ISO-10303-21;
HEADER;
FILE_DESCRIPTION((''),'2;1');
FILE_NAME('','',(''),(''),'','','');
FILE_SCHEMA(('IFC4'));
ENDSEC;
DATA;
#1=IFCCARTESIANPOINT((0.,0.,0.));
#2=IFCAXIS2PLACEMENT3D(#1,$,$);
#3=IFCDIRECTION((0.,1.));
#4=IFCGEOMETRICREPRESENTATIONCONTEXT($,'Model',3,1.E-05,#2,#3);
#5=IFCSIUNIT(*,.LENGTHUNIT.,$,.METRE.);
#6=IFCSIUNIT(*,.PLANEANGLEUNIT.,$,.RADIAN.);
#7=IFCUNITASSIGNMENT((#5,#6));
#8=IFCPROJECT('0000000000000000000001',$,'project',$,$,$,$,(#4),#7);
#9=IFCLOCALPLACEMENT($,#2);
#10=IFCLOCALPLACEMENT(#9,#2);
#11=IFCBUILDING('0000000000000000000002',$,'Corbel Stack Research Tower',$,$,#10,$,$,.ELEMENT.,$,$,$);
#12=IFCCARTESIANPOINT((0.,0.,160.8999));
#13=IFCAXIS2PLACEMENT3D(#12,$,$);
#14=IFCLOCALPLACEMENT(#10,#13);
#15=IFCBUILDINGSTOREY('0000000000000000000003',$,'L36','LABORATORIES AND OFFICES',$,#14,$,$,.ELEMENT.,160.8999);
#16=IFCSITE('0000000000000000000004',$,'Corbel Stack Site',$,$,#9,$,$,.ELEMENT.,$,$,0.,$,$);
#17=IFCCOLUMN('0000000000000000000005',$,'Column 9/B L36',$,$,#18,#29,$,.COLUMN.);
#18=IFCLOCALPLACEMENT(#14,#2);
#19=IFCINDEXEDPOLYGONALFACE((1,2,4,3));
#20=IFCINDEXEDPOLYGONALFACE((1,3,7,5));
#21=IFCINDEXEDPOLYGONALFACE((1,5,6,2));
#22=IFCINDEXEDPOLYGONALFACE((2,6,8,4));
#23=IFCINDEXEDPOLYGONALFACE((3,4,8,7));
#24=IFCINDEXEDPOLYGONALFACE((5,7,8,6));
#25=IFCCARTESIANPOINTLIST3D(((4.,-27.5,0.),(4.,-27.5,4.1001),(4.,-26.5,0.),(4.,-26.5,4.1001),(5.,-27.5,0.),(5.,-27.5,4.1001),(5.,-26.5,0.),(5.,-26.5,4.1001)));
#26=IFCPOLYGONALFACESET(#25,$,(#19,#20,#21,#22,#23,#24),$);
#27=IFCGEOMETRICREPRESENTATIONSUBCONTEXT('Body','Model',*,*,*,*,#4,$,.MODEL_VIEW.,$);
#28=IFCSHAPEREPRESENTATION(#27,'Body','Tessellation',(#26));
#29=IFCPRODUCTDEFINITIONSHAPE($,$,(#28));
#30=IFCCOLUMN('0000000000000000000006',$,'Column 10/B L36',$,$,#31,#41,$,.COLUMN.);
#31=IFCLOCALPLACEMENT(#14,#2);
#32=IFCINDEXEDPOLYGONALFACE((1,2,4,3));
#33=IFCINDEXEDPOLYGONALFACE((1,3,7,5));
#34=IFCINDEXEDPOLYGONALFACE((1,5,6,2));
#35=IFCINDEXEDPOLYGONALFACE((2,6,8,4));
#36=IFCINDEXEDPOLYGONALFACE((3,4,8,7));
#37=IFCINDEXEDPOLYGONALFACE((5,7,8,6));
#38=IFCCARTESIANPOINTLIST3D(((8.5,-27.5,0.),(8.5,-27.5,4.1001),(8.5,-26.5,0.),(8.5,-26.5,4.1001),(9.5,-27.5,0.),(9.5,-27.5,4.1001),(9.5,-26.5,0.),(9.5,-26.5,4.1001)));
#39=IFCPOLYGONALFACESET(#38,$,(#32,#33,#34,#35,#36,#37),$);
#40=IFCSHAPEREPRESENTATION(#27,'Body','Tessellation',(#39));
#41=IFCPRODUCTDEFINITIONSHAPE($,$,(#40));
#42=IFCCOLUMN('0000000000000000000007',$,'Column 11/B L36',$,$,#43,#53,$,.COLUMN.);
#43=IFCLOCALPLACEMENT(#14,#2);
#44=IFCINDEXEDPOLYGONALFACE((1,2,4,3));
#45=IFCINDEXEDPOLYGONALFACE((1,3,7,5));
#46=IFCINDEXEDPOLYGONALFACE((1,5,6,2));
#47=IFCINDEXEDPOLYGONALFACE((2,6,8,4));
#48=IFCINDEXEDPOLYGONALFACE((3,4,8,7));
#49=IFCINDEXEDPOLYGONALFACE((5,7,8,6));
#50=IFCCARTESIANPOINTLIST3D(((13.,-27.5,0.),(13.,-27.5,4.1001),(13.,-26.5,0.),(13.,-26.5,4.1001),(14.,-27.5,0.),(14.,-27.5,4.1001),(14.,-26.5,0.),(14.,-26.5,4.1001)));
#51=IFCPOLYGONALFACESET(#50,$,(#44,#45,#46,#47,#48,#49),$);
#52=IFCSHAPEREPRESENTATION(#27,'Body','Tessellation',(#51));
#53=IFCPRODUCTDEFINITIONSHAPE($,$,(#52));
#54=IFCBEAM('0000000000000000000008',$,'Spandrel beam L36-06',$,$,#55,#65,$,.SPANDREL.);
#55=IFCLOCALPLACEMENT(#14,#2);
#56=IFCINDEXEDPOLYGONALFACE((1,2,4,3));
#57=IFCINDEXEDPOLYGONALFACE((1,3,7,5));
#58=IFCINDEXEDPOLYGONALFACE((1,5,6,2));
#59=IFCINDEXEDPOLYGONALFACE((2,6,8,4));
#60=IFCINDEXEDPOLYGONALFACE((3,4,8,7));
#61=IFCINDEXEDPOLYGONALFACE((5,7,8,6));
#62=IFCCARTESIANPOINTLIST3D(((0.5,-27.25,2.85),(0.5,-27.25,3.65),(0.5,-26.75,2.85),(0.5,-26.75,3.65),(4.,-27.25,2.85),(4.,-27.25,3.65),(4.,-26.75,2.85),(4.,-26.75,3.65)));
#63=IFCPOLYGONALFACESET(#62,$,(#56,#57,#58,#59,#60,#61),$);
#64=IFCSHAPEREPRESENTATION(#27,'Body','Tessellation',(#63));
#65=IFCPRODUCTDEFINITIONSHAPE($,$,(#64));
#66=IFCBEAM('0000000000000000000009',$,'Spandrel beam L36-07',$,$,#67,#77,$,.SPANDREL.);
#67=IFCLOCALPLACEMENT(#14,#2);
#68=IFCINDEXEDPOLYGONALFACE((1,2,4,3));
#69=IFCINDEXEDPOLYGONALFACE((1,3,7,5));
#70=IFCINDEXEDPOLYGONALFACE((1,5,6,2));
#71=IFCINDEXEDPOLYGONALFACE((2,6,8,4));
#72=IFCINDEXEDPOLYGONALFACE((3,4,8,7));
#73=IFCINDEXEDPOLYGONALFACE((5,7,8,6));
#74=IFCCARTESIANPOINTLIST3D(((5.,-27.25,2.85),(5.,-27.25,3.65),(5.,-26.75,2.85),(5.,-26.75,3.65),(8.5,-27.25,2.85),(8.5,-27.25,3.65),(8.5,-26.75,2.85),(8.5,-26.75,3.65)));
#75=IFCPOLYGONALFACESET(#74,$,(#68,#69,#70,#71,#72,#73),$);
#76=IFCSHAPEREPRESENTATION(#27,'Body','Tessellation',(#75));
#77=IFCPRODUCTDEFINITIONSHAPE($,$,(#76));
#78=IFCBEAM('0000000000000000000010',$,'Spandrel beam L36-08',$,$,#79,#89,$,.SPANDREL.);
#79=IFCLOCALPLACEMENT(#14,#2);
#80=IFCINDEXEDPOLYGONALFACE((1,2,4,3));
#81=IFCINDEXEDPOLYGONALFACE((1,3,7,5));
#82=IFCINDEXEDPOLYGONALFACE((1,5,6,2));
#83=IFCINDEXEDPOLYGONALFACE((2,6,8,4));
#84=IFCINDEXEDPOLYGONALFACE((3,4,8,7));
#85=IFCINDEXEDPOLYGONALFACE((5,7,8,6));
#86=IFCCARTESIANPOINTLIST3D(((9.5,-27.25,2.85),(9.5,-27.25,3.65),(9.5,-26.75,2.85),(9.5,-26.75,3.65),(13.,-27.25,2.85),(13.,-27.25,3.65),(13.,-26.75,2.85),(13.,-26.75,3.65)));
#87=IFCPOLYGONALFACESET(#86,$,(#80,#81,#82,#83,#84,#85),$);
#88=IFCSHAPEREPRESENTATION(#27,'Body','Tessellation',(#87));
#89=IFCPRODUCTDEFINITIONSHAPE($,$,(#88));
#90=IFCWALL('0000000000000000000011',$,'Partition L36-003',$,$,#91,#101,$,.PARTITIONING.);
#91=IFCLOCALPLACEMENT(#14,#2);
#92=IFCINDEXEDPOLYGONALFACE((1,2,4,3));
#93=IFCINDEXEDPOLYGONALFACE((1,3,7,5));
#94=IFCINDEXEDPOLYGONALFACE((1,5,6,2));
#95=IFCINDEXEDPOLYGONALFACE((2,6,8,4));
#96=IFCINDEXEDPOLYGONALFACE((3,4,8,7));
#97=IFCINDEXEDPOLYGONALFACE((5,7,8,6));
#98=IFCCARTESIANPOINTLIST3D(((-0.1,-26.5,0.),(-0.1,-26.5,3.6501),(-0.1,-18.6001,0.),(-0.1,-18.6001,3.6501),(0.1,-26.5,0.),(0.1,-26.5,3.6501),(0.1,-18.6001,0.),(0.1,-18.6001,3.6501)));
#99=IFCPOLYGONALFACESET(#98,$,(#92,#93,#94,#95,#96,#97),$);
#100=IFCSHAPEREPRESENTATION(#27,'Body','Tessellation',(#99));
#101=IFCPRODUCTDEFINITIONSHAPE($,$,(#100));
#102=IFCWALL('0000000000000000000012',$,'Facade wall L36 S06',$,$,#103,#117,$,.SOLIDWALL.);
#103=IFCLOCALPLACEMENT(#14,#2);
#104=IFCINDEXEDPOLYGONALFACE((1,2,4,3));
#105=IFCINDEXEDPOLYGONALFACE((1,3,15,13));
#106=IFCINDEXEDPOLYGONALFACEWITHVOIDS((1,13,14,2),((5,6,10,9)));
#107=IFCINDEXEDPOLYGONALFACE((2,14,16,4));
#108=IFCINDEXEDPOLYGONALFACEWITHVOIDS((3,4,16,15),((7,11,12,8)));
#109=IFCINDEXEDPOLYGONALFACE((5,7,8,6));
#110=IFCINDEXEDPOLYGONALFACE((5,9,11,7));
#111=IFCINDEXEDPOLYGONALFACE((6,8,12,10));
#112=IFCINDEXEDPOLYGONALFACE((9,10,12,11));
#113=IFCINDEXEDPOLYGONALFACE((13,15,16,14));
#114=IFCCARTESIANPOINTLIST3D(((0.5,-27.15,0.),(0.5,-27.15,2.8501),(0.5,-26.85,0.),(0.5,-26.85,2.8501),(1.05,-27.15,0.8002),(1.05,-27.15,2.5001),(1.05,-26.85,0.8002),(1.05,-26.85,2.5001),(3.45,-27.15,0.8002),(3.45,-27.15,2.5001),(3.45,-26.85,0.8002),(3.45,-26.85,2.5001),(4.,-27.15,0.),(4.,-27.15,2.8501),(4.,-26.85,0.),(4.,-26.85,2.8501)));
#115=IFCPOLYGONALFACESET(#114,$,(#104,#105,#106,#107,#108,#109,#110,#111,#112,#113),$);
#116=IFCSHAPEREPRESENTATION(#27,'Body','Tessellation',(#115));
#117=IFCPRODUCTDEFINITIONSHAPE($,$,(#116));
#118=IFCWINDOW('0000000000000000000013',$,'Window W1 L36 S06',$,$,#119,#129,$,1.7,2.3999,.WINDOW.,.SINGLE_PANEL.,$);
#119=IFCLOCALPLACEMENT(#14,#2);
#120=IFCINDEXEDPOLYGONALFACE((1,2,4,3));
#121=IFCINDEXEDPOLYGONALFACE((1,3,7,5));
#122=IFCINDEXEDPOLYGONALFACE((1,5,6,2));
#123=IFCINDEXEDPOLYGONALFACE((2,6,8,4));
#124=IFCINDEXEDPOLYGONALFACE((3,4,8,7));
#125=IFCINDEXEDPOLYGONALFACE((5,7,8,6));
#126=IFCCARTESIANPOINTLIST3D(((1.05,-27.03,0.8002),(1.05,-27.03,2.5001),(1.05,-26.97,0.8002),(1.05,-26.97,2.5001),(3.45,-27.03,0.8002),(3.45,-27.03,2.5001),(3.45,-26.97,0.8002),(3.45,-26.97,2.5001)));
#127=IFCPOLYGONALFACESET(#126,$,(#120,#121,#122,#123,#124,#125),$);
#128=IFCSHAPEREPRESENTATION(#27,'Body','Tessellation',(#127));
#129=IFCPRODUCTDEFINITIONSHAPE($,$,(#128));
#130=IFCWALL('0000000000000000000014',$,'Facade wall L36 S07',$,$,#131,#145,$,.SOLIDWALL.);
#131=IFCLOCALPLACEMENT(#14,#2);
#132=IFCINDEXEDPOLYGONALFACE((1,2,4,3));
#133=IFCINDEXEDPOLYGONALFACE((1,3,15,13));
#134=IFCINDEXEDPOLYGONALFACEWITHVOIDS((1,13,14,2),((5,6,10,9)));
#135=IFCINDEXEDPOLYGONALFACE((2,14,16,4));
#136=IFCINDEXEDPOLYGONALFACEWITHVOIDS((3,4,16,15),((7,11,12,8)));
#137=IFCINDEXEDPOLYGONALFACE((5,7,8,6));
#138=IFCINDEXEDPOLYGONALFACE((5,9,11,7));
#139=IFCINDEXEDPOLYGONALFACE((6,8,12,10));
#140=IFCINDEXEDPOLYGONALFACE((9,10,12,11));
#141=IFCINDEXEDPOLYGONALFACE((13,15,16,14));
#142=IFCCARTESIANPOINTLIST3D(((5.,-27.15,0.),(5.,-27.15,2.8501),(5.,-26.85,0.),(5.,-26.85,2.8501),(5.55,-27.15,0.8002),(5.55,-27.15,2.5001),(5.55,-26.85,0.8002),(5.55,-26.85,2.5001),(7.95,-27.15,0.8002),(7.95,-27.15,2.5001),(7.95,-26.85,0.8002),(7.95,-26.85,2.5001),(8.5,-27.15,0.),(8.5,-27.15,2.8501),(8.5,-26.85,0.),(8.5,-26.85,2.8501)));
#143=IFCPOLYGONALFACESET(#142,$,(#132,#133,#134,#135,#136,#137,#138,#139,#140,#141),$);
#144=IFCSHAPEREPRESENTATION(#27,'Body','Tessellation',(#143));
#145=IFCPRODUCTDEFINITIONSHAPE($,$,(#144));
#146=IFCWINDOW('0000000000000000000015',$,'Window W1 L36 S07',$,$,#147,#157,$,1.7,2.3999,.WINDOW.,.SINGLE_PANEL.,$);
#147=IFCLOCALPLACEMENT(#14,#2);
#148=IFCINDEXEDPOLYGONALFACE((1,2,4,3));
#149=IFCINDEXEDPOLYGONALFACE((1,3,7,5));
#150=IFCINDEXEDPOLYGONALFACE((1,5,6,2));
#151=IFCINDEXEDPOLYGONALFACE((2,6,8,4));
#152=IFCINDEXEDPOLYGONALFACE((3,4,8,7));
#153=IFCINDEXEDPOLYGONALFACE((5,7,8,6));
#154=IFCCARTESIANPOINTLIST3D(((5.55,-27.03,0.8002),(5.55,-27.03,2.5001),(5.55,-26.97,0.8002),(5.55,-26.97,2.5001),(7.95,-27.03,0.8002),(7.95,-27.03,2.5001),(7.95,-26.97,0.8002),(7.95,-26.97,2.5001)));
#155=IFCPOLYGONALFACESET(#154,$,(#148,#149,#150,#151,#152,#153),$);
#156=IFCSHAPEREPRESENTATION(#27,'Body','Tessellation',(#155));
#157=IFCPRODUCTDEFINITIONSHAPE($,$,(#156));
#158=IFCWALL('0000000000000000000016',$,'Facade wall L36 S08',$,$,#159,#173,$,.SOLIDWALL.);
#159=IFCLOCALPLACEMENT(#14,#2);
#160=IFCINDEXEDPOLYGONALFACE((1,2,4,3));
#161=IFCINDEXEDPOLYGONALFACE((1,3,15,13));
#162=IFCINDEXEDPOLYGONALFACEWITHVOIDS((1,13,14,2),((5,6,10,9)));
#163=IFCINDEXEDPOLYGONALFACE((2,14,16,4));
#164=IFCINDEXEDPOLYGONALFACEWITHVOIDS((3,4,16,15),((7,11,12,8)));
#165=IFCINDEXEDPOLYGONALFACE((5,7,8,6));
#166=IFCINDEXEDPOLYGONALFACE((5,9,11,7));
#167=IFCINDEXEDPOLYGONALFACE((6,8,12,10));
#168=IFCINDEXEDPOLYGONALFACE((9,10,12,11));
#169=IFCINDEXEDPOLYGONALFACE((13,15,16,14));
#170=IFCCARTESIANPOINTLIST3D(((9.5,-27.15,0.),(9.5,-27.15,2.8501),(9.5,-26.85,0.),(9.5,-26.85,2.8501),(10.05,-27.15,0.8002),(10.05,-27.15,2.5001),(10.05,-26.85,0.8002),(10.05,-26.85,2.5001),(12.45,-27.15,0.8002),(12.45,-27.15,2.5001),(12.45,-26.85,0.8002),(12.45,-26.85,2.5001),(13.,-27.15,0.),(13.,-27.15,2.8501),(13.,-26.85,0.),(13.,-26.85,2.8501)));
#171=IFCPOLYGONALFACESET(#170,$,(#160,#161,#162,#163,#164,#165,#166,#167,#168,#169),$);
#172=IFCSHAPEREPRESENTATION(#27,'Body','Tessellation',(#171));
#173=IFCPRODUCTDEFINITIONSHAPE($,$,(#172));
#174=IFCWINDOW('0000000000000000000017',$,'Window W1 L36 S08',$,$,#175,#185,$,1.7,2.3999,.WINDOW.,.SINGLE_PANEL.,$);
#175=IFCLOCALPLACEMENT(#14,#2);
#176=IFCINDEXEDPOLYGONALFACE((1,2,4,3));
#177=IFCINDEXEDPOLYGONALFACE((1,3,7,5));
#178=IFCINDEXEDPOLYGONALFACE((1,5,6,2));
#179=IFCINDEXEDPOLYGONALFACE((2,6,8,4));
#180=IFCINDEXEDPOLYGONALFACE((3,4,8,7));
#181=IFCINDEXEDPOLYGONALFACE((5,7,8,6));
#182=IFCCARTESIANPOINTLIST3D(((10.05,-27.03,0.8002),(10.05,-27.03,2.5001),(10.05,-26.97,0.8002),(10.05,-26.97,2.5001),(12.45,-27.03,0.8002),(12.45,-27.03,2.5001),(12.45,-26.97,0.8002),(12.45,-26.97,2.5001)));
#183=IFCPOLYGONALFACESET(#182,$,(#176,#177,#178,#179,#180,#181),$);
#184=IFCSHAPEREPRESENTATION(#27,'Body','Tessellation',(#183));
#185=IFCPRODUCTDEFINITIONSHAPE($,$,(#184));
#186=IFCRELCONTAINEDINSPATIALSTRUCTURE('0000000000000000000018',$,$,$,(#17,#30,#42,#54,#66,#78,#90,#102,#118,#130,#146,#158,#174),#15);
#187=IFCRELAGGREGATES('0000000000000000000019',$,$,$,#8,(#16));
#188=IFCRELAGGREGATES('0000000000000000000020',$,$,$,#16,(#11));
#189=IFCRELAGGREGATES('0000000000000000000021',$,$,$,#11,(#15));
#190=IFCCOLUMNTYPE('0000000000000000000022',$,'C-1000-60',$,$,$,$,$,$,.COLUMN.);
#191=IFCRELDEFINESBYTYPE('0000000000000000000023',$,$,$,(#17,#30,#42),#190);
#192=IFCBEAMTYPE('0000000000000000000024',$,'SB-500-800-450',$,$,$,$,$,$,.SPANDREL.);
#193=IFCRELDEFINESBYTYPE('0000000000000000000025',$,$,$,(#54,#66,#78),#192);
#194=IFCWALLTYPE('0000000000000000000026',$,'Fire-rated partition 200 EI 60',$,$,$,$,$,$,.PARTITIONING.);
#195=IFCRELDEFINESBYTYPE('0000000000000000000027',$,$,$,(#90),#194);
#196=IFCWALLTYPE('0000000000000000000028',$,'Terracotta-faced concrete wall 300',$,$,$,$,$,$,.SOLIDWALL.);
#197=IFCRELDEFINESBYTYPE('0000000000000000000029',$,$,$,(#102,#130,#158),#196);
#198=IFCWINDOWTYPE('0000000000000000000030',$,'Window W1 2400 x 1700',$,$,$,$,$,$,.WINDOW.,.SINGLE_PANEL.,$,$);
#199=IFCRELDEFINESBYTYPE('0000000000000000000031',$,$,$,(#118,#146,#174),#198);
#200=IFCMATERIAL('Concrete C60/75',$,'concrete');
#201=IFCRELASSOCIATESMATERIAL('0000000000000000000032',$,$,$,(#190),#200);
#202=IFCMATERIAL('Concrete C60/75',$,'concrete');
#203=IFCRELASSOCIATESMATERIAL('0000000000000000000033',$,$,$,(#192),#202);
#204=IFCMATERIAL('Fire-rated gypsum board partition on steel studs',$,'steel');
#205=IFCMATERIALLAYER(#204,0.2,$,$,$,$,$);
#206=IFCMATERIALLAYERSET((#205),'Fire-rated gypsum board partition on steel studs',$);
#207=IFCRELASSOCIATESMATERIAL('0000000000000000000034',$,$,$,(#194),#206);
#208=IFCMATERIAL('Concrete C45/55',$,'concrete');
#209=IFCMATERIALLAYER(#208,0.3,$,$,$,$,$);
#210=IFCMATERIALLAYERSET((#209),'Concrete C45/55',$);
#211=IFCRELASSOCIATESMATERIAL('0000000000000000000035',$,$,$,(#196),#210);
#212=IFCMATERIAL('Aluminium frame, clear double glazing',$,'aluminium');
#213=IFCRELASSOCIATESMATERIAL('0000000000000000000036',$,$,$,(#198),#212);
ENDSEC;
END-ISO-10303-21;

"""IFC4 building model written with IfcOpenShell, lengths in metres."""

from ifc_helpers import new_model, si_unit, direction, frame, frame_2d, origin, origin_2d, place, context, subcontext, project, spatial, rectangle, extrude, material, layer, layer_set, material_profile, profile_set, type_object, element, fill, save


model = new_model("IFC4")

# Units and contexts
model_context = context("Model", 3, precision=1e-05, world=origin(), true_north=direction((0.0, 1.0)))
body_context = subcontext(model_context, "Body", "Model", "MODEL_VIEW")
ifc_project = project(units=[si_unit("LENGTHUNIT", "METRE"), si_unit("PLANEANGLEUNIT", "RADIAN")], contexts=[model_context])

# Site, building, storey
site_placement = place(None, origin())
site = spatial("IfcSite", under=ifc_project, at=site_placement, Name="Corbel Stack Site", CompositionType="ELEMENT", RefElevation=0.0)
building_placement = place(site_placement, origin())
building = spatial("IfcBuilding", under=site, at=building_placement, Name="Corbel Stack Research Tower", CompositionType="ELEMENT")
storey_placement = place(building_placement, frame((0.0, 0.0, 160.8999)))
storey = spatial("IfcBuildingStorey", under=building, at=storey_placement, Name="L36", Description="LABORATORIES AND OFFICES", CompositionType="ELEMENT", Elevation=160.8999)

# Columns
ifc_material_1 = material(Name="Concrete C60/75", Category="concrete")
ifc_material_profile_1 = material_profile(ifc_material_1, rectangle(XDim=1.0, YDim=1.0, at=origin_2d()), Name="RC 1000 x 1000")
ifc_profile_set_1 = profile_set([ifc_material_profile_1], Name="Concrete C60/75")
column_type = type_object("IfcColumnType", Name="C-1000-60", PredefinedType="COLUMN", material=ifc_profile_set_1)
for number, where, z_axis, x_axis, name in (
    (1, (4.5, -27.0, 0.0), (0.0, 0.0, 1.0), (1.0, 0.0, 0.0), "Column 9/B L36"),
    (2, (9.0, -27.0, 0.0), (0.0, 0.0, 1.0), (1.0, 0.0, 0.0), "Column 10/B L36"),
    (3, (13.5, -27.0, 0.0), (0.0, 0.0, 1.0), (1.0, 0.0, 0.0), "Column 11/B L36"),
):
    element("IfcColumn", number, at=place(storey_placement, frame(where, z_axis=z_axis, x_axis=x_axis)), inside=storey, type_object=column_type, Name=name, PredefinedType="COLUMN", context=body_context, shape_type="SweptSolid", body=[
        extrude(rectangle(XDim=1.0, YDim=1.0, at=origin_2d()), origin(), (0.0, 0.0, 1.0), 4.1001),
    ])

# Beams
ifc_material_2 = material(Name="Concrete C60/75", Category="concrete")
ifc_material_profile_2 = material_profile(ifc_material_2, rectangle(XDim=0.5, YDim=0.8, at=origin_2d()), Name="RC 500 x 800")
ifc_profile_set_2 = profile_set([ifc_material_profile_2], Name="Concrete C60/75")
beam_type = type_object("IfcBeamType", Name="SB-500-800-450", PredefinedType="SPANDREL", material=ifc_profile_set_2)
for number, where, z_axis, x_axis, name in (
    (4, (0.5, -27.0, 3.25), (1.0, 0.0, 0.0), (0.0, 1.0, 0.0), "Spandrel beam L36-06"),
    (5, (5.0, -27.0, 3.25), (1.0, 0.0, 0.0), (0.0, 1.0, 0.0), "Spandrel beam L36-07"),
    (6, (9.5, -27.0, 3.25), (1.0, 0.0, 0.0), (0.0, 1.0, 0.0), "Spandrel beam L36-08"),
):
    element("IfcBeam", number, at=place(storey_placement, frame(where, z_axis=z_axis, x_axis=x_axis)), inside=storey, type_object=beam_type, Name=name, PredefinedType="SPANDREL", context=body_context, shape_type="SweptSolid", body=[
        extrude(rectangle(XDim=0.5, YDim=0.8, at=origin_2d()), origin(), (0.0, 0.0, 1.0), 3.5),
    ])

# Wall
ifc_material_3 = material(Name="Fire-rated gypsum board partition on steel studs", Category="steel")
ifc_layer_1 = layer(ifc_material_3, 0.2)
ifc_layer_set_1 = layer_set([ifc_layer_1], Name="Fire-rated gypsum board partition on steel studs")
wall_type_1 = type_object("IfcWallType", Name="Fire-rated partition 200 EI 60", PredefinedType="PARTITIONING", material=ifc_layer_set_1)
wall_1_placement = place(storey_placement, frame((0.0, -26.5, 0.0), z_axis=(0.0, 0.0, 1.0), x_axis=(0.0, 1.0, 0.0)))
element("IfcWall", 7, at=wall_1_placement, inside=storey, type_object=wall_type_1, Name="Partition L36-003", PredefinedType="PARTITIONING", context=body_context, shape_type="SweptSolid", body=[
    extrude(rectangle(XDim=7.8999, YDim=0.2, at=frame_2d((3.95, 0.0))), origin(), (0.0, 0.0, 1.0), 3.6501),
])

# Walls, openings, windows
ifc_material_4 = material(Name="Concrete C45/55", Category="concrete")
ifc_layer_2 = layer(ifc_material_4, 0.3)
ifc_layer_set_2 = layer_set([ifc_layer_2], Name="Concrete C45/55")
wall_type_2 = type_object("IfcWallType", Name="Terracotta-faced concrete wall 300", PredefinedType="SOLIDWALL", material=ifc_layer_set_2)
wall_2_placement = place(storey_placement, frame((4.0, -27.0, 0.0), z_axis=(0.0, 0.0, 1.0), x_axis=(-1.0, 0.0, 0.0)))
wall_2 = element("IfcWall", 8, at=wall_2_placement, inside=storey, type_object=wall_type_2, Name="Facade wall L36 S06", PredefinedType="SOLIDWALL", context=body_context, shape_type="SweptSolid", body=[
    extrude(rectangle(XDim=3.5, YDim=0.3, at=frame_2d((1.75, 0.0))), origin(), (0.0, 0.0, 1.0), 2.8501),
])
opening_1_placement = place(wall_2_placement, frame((0.55, 0.0, 0.8)))
opening_1 = element("IfcOpeningElement", 9, at=opening_1_placement, cuts=wall_2, PredefinedType="OPENING", context=body_context, shape_type="SweptSolid", body=[
    extrude(rectangle(XDim=2.3999, YDim=1.7, at=frame_2d((1.2, 0.8501))), frame((0.0, 0.1599, 0.0), z_axis=(0.0, -1.0, 0.0), x_axis=(1.0, 0.0, 0.0)), (0.0, 0.0, 1.0), 0.3201),
])
ifc_material_5 = material(Name="Aluminium frame, clear double glazing", Category="aluminium")
window_type = type_object("IfcWindowType", Name="Window W1 2400 x 1700", PartitioningType="SINGLE_PANEL", PredefinedType="WINDOW", material=ifc_material_5)
window_1_placement = place(opening_1_placement, origin())
window_1 = element("IfcWindow", 10, at=window_1_placement, inside=storey, type_object=window_type, Name="Window W1 L36 S06", OverallHeight=1.7, OverallWidth=2.3999, PartitioningType="SINGLE_PANEL", PredefinedType="WINDOW", context=body_context, shape_type="SweptSolid", body=[
    extrude(rectangle(XDim=2.3999, YDim=1.7, at=frame_2d((1.2, 0.8501))), frame((0.0, 0.03, 0.0), z_axis=(0.0, -1.0, 0.0), x_axis=(1.0, 0.0, 0.0)), (0.0, 0.0, 1.0), 0.0601),
])
fill(opening_1, window_1)
wall_3_placement = place(storey_placement, frame((8.5, -27.0, 0.0), z_axis=(0.0, 0.0, 1.0), x_axis=(-1.0, 0.0, 0.0)))
wall_3 = element("IfcWall", 11, at=wall_3_placement, inside=storey, type_object=wall_type_2, Name="Facade wall L36 S07", PredefinedType="SOLIDWALL", context=body_context, shape_type="SweptSolid", body=[
    extrude(rectangle(XDim=3.5, YDim=0.3, at=frame_2d((1.75, 0.0))), origin(), (0.0, 0.0, 1.0), 2.8501),
])
opening_2_placement = place(wall_3_placement, frame((0.55, 0.0, 0.8)))
opening_2 = element("IfcOpeningElement", 12, at=opening_2_placement, cuts=wall_3, PredefinedType="OPENING", context=body_context, shape_type="SweptSolid", body=[
    extrude(rectangle(XDim=2.3999, YDim=1.7, at=frame_2d((1.2, 0.8501))), frame((0.0, 0.1599, 0.0), z_axis=(0.0, -1.0, 0.0), x_axis=(1.0, 0.0, 0.0)), (0.0, 0.0, 1.0), 0.3201),
])
window_2_placement = place(opening_2_placement, origin())
window_2 = element("IfcWindow", 13, at=window_2_placement, inside=storey, type_object=window_type, Name="Window W1 L36 S07", OverallHeight=1.7, OverallWidth=2.3999, PartitioningType="SINGLE_PANEL", PredefinedType="WINDOW", context=body_context, shape_type="SweptSolid", body=[
    extrude(rectangle(XDim=2.3999, YDim=1.7, at=frame_2d((1.2, 0.8501))), frame((0.0, 0.03, 0.0), z_axis=(0.0, -1.0, 0.0), x_axis=(1.0, 0.0, 0.0)), (0.0, 0.0, 1.0), 0.0601),
])
fill(opening_2, window_2)
wall_4_placement = place(storey_placement, frame((13.0, -27.0, 0.0), z_axis=(0.0, 0.0, 1.0), x_axis=(-1.0, 0.0, 0.0)))
wall_4 = element("IfcWall", 14, at=wall_4_placement, inside=storey, type_object=wall_type_2, Name="Facade wall L36 S08", PredefinedType="SOLIDWALL", context=body_context, shape_type="SweptSolid", body=[
    extrude(rectangle(XDim=3.5, YDim=0.3, at=frame_2d((1.75, 0.0))), origin(), (0.0, 0.0, 1.0), 2.8501),
])
opening_3_placement = place(wall_4_placement, frame((0.55, 0.0, 0.8)))
opening_3 = element("IfcOpeningElement", 15, at=opening_3_placement, cuts=wall_4, PredefinedType="OPENING", context=body_context, shape_type="SweptSolid", body=[
    extrude(rectangle(XDim=2.3999, YDim=1.7, at=frame_2d((1.2, 0.8501))), frame((0.0, 0.1599, 0.0), z_axis=(0.0, -1.0, 0.0), x_axis=(1.0, 0.0, 0.0)), (0.0, 0.0, 1.0), 0.3201),
])
window_3_placement = place(opening_3_placement, origin())
window_3 = element("IfcWindow", 16, at=window_3_placement, inside=storey, type_object=window_type, Name="Window W1 L36 S08", OverallHeight=1.7, OverallWidth=2.3999, PartitioningType="SINGLE_PANEL", PredefinedType="WINDOW", context=body_context, shape_type="SweptSolid", body=[
    extrude(rectangle(XDim=2.3999, YDim=1.7, at=frame_2d((1.2, 0.8501))), frame((0.0, 0.03, 0.0), z_axis=(0.0, -1.0, 0.0), x_axis=(1.0, 0.0, 0.0)), (0.0, 0.0, 1.0), 0.0601),
])
fill(opening_3, window_3)

save(model, "model.ifc")
